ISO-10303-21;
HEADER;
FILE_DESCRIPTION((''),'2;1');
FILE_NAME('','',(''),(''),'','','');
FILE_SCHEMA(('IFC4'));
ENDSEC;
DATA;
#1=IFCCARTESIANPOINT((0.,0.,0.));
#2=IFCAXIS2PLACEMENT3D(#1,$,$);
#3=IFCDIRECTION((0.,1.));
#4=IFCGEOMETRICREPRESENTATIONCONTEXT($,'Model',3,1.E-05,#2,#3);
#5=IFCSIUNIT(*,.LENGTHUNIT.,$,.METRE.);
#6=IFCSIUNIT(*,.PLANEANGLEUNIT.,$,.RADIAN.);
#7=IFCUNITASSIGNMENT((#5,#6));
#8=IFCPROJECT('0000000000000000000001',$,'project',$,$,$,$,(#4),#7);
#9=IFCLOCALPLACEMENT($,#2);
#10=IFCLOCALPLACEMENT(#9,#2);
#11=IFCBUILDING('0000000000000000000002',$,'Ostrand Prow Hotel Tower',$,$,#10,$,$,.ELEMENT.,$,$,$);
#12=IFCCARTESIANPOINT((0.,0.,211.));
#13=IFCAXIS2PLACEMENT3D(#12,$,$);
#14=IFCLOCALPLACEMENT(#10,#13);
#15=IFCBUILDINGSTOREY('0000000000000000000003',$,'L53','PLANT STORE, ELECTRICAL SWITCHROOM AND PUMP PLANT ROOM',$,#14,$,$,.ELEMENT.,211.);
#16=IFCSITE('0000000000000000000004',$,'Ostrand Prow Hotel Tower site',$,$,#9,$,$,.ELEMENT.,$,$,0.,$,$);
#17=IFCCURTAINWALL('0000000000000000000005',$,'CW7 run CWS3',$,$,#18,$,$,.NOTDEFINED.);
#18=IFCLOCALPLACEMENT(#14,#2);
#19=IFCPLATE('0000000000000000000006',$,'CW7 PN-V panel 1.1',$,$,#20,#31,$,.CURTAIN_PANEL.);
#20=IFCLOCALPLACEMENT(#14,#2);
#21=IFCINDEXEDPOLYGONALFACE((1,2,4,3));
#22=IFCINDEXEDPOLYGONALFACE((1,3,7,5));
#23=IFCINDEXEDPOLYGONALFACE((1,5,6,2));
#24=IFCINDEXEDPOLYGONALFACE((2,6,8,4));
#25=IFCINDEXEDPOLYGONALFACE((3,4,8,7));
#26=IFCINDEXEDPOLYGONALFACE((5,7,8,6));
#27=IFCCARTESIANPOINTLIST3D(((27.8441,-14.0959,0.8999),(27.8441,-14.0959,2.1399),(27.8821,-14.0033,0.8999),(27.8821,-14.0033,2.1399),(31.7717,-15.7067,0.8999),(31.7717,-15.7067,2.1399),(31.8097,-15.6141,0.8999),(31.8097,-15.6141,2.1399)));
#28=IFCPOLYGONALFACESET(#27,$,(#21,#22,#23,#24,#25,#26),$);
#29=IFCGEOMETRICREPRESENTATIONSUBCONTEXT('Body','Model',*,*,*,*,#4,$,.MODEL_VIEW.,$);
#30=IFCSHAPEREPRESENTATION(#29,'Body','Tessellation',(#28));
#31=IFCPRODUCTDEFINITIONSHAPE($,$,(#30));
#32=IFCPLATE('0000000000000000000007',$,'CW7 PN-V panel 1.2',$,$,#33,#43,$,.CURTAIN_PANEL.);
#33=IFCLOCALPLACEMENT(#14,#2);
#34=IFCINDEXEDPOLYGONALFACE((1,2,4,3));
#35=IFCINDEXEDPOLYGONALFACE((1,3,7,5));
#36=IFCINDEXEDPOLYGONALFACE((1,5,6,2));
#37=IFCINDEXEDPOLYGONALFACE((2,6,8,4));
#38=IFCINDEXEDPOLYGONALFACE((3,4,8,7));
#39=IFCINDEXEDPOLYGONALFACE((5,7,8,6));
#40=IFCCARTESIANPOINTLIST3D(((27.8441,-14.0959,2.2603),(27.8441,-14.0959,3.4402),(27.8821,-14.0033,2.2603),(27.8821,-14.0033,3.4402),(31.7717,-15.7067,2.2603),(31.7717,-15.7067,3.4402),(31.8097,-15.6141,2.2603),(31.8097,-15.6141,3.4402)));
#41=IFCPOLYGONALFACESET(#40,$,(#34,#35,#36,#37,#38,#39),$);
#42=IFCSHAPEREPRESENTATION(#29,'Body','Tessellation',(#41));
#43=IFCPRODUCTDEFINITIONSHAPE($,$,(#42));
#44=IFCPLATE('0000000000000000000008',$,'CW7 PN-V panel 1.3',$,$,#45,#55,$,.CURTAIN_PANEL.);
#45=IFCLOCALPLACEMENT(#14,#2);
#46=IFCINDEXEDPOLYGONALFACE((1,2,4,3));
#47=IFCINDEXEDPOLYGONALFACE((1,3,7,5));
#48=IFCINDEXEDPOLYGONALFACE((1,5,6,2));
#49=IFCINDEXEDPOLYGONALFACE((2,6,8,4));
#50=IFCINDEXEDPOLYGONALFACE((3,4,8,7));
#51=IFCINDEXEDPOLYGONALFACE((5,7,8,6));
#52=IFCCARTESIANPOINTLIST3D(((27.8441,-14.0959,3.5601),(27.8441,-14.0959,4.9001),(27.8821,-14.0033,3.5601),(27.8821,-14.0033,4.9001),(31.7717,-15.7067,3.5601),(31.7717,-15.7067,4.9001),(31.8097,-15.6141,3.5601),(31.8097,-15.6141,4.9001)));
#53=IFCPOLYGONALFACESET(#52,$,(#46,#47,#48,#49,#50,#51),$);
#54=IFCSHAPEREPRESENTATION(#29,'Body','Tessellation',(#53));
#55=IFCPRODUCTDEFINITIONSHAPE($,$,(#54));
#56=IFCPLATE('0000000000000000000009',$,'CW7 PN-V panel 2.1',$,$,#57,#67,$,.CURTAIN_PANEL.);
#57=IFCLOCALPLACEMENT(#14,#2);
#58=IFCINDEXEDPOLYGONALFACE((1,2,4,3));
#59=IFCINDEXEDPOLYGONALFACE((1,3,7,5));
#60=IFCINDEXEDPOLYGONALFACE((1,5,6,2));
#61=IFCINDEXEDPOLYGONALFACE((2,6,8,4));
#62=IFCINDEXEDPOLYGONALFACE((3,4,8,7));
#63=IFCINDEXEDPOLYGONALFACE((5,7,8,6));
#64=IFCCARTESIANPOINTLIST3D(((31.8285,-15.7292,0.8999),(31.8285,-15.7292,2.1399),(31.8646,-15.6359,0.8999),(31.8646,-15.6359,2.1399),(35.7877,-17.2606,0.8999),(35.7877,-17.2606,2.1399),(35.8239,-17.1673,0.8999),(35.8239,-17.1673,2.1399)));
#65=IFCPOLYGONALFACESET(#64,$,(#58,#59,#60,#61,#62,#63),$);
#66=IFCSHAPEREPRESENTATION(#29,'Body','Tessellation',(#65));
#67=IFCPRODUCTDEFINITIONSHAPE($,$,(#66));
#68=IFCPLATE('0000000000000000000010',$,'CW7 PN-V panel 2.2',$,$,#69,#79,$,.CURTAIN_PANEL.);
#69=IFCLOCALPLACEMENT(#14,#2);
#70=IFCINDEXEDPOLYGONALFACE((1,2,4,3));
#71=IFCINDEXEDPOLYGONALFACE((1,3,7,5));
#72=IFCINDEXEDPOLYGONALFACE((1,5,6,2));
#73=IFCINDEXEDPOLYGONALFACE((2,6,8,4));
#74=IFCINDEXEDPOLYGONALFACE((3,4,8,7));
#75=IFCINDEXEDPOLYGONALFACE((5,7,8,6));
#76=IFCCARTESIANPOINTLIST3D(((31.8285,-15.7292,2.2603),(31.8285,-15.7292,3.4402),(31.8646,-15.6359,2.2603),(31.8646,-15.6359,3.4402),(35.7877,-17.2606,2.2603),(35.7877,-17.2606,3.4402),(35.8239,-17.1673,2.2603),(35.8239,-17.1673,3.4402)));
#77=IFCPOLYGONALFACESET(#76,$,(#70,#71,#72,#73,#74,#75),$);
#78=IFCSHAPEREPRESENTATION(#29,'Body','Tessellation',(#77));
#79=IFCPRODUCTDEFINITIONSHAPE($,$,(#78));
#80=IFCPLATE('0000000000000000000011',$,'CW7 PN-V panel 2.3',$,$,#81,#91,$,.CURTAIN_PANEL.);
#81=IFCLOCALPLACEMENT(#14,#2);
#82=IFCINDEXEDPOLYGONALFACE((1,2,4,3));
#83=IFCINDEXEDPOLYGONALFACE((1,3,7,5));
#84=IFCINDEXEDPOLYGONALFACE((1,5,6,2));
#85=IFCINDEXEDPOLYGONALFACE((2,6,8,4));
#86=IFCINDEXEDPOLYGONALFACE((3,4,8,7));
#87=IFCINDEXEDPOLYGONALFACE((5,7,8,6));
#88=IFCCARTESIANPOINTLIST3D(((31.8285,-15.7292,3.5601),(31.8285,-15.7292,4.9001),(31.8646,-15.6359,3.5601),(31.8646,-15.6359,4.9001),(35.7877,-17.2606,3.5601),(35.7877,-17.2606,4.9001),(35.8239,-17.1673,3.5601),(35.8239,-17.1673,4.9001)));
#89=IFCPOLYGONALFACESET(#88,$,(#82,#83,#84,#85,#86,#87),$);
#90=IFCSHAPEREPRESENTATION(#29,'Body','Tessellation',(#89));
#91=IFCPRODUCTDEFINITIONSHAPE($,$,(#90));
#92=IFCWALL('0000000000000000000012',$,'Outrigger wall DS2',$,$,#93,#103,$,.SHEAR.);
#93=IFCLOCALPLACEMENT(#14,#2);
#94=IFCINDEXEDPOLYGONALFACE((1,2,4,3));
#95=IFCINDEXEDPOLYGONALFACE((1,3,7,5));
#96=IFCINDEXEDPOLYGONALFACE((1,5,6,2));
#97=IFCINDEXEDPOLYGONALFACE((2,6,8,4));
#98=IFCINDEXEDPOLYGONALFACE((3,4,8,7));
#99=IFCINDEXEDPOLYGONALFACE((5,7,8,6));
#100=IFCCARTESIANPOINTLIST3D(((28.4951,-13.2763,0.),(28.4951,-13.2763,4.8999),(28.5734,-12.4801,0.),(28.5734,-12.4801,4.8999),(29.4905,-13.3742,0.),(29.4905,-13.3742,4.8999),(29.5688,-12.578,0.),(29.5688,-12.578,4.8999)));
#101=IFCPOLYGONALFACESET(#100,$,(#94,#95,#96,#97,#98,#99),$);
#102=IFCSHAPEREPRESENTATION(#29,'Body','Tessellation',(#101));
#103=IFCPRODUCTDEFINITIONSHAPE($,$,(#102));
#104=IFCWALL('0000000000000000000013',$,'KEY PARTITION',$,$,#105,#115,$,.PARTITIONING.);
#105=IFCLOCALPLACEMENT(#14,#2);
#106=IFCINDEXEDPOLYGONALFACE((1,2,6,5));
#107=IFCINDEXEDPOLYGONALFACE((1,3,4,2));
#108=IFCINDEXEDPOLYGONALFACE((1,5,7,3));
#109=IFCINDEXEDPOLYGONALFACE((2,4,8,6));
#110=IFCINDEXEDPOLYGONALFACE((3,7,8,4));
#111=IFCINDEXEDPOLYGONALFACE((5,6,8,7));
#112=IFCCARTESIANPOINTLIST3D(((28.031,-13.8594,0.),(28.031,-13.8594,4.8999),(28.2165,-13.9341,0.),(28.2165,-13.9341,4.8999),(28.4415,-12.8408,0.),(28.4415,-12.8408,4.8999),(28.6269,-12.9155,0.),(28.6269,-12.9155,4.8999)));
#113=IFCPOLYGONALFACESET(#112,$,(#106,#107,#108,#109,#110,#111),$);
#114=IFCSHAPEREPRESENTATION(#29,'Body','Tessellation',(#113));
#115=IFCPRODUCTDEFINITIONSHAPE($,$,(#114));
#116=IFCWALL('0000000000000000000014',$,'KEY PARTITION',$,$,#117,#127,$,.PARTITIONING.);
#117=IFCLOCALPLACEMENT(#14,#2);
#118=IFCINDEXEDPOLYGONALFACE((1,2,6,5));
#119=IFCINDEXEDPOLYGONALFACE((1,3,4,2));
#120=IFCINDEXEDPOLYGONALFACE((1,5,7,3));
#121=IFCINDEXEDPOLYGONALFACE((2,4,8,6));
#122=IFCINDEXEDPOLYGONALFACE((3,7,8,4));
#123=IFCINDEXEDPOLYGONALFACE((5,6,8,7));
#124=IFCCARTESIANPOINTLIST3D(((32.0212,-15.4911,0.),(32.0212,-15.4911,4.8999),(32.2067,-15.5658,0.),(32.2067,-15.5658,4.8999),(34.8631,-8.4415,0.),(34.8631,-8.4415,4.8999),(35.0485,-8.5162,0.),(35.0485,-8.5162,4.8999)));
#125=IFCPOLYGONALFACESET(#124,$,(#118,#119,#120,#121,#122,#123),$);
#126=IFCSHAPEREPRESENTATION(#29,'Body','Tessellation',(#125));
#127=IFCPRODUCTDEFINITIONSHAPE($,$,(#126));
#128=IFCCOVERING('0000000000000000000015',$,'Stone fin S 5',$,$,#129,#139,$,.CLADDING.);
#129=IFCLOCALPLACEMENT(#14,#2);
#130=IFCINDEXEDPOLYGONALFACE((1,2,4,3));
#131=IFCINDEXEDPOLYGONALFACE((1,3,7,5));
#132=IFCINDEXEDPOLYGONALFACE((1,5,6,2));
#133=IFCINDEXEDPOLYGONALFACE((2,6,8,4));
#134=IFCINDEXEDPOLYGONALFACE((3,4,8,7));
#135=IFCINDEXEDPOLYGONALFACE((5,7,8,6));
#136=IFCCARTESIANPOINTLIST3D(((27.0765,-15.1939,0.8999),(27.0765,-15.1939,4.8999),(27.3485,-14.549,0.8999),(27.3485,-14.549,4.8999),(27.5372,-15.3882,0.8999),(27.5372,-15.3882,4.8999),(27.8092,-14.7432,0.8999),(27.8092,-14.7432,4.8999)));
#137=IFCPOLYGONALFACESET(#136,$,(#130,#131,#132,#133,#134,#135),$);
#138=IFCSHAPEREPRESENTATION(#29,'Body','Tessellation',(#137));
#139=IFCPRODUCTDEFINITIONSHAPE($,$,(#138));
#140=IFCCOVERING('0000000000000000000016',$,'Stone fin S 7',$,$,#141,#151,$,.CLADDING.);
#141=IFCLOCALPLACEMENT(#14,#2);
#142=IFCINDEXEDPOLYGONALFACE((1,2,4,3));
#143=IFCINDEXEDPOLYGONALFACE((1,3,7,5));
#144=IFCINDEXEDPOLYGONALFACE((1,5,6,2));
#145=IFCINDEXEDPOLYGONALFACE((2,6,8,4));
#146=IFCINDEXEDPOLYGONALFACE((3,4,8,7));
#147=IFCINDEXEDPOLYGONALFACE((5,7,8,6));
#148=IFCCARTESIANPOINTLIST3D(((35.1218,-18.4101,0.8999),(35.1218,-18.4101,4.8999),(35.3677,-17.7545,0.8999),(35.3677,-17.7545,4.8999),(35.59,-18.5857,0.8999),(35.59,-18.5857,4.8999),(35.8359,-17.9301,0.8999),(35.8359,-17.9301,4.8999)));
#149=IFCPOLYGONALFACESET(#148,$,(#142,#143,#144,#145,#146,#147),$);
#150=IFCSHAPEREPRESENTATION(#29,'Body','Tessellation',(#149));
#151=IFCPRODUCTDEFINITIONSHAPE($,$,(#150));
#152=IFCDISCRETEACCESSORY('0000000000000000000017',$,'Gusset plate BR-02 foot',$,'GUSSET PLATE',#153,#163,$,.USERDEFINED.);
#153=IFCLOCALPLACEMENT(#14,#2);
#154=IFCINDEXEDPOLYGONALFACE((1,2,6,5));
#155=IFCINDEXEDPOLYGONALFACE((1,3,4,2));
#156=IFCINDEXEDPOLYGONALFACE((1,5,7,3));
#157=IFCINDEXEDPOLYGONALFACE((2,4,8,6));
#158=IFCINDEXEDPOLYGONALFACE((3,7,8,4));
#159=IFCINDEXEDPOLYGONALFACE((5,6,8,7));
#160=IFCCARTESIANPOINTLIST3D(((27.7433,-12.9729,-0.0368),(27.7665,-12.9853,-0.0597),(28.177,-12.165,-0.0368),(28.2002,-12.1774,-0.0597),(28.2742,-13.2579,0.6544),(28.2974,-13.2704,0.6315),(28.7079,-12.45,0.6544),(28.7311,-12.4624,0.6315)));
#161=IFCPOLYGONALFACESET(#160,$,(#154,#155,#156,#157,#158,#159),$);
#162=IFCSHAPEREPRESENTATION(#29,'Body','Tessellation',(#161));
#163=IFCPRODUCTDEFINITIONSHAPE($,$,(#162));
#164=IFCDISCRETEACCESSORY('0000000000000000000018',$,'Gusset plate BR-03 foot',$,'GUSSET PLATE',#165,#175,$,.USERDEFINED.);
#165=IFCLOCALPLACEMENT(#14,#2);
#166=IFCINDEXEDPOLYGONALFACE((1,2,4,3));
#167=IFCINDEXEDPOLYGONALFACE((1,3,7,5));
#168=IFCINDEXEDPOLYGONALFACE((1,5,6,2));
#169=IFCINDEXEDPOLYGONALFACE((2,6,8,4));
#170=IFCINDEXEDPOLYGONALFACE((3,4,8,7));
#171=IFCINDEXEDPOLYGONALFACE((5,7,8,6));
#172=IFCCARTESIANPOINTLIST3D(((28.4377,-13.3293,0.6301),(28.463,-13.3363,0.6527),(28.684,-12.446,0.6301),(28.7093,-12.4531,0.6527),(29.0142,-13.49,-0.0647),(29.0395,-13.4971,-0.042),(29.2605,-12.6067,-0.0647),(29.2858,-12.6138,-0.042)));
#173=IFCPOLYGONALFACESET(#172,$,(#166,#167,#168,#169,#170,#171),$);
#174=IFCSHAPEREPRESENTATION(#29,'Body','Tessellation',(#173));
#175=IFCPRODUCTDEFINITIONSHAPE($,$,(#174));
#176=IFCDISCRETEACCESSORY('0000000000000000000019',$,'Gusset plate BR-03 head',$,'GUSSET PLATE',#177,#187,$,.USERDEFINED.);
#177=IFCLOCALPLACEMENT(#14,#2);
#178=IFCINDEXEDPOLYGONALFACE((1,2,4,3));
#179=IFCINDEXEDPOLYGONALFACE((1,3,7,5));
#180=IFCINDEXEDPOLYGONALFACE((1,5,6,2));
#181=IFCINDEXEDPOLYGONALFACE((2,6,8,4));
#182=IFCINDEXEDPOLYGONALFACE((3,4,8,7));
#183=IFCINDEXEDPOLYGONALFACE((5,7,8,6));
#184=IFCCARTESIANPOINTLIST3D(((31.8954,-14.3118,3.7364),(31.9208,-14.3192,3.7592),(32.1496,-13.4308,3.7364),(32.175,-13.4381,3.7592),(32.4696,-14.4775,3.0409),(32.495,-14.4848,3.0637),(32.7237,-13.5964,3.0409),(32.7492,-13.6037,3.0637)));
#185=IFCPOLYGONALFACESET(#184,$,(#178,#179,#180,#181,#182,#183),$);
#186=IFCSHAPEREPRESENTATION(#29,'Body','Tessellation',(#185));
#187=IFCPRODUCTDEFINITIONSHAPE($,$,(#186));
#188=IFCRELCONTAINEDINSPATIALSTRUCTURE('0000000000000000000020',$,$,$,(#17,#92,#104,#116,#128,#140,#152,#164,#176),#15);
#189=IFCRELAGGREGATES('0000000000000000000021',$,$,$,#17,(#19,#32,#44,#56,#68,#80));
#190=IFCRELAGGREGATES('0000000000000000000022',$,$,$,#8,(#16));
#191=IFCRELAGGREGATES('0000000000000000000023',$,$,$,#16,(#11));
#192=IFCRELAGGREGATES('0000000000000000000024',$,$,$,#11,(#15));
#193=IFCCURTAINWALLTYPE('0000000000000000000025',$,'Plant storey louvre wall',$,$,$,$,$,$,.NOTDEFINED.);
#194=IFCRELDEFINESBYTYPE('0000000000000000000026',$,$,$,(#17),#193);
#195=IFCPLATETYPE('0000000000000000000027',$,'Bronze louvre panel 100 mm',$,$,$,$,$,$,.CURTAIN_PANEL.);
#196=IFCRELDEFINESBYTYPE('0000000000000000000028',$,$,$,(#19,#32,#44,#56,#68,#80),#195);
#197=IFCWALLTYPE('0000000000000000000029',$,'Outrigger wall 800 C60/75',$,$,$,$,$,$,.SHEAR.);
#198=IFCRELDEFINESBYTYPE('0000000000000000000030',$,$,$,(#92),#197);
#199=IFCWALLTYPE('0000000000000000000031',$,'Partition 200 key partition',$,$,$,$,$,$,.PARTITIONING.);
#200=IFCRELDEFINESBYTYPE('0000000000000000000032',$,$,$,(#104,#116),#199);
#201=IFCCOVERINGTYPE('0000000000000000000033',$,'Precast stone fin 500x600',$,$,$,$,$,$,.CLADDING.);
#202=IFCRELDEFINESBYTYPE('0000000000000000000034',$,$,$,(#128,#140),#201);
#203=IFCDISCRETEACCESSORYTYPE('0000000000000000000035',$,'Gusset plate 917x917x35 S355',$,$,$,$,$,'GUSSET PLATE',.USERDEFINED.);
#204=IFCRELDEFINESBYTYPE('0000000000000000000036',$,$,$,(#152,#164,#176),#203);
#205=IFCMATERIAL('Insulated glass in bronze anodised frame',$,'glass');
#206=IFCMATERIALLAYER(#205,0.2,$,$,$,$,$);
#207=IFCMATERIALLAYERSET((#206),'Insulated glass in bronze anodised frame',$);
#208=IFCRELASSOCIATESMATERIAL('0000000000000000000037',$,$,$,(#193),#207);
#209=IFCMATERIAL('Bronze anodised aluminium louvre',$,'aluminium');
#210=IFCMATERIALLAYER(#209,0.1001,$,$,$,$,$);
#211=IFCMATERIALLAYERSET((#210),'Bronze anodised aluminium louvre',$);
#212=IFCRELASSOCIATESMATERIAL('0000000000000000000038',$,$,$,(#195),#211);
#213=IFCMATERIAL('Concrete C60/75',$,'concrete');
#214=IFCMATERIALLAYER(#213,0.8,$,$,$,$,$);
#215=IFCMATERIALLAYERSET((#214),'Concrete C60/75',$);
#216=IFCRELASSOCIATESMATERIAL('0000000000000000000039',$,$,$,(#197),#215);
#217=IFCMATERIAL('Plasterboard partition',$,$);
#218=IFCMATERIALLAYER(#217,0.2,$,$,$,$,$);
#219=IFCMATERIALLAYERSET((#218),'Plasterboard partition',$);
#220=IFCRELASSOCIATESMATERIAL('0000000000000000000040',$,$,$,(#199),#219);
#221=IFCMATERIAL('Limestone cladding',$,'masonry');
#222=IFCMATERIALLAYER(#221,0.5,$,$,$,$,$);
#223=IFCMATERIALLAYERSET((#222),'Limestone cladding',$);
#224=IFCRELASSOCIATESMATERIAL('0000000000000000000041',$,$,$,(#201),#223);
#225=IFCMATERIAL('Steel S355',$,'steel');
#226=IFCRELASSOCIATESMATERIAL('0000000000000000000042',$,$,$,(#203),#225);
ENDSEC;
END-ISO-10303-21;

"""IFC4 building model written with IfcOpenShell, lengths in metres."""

from ifc_helpers import new_model, si_unit, direction, frame, frame_2d, origin, origin_2d, place, context, subcontext, project, spatial, rectangle, extrude, material, layer, layer_set, material_profile, profile_set, type_object, element, aggregate, save


model = new_model("IFC4")

# Units and contexts
model_context = context("Model", 3, precision=1e-05, world=origin(), true_north=direction((0.0, 1.0)))
body_context = subcontext(model_context, "Body", "Model", "MODEL_VIEW")
ifc_project = project(units=[si_unit("LENGTHUNIT", "METRE"), si_unit("PLANEANGLEUNIT", "RADIAN")], contexts=[model_context])

# Site, building, storey
site_placement = place(None, origin())
site = spatial("IfcSite", under=ifc_project, at=site_placement, Name="Ostrand Prow Hotel Tower site", CompositionType="ELEMENT", RefElevation=0.0)
building_placement = place(site_placement, origin())
building = spatial("IfcBuilding", under=site, at=building_placement, Name="Ostrand Prow Hotel Tower", CompositionType="ELEMENT")
storey_placement = place(building_placement, frame((0.0, 0.0, 211.0)))
storey = spatial("IfcBuildingStorey", under=building, at=storey_placement, Name="L53", Description="PLANT STORE, ELECTRICAL SWITCHROOM AND PUMP PLANT ROOM", CompositionType="ELEMENT", Elevation=211.0)

# Shared definitions
ifc_material_1 = material(Name="Insulated glass in bronze anodised frame", Category="glass")
ifc_layer_1 = layer(ifc_material_1, 0.2)
ifc_layer_set_1 = layer_set([ifc_layer_1], Name="Insulated glass in bronze anodised frame")
curtain_wall_type = type_object("IfcCurtainWallType", Name="Plant storey louvre wall", PredefinedType="NOTDEFINED", material=ifc_layer_set_1)

# Curtain wall
curtain_wall_1_placement = place(storey_placement, origin())
curtain_wall_1 = element("IfcCurtainWall", 1, at=curtain_wall_1_placement, inside=storey, type_object=curtain_wall_type, Name="CW7 run CWS3", PredefinedType="NOTDEFINED")

# Plates
ifc_material_2 = material(Name="Bronze anodised aluminium louvre", Category="aluminium")
ifc_layer_2 = layer(ifc_material_2, 0.1001)
ifc_layer_set_2 = layer_set([ifc_layer_2], Name="Bronze anodised aluminium louvre")
plate_type = type_object("IfcPlateType", Name="Bronze louvre panel 100 mm", PredefinedType="CURTAIN_PANEL", material=ifc_layer_set_2)
plate_1_placement = place(storey_placement, frame((29.8269, -14.855, 0.8999), z_axis=(0.0, 0.0, 1.0), x_axis=(0.925211, -0.379453, 0.0)))
plate_1 = element("IfcPlate", 2, at=plate_1_placement, type_object=plate_type, Name="CW7 PN-V panel 1.1", PredefinedType="CURTAIN_PANEL", context=body_context, shape_type="SweptSolid", body=[
    extrude(rectangle(XDim=4.2451, YDim=0.1001, at=origin_2d()), origin(), (0.0, 0.0, 1.0), 1.24),
])
plate_2_placement = place(storey_placement, frame((29.8269, -14.855, 2.2603), z_axis=(0.0, 0.0, 1.0), x_axis=(0.925211, -0.379453, 0.0)))
plate_2 = element("IfcPlate", 3, at=plate_2_placement, type_object=plate_type, Name="CW7 PN-V panel 1.2", PredefinedType="CURTAIN_PANEL", context=body_context, shape_type="SweptSolid", body=[
    extrude(rectangle(XDim=4.2451, YDim=0.1001, at=origin_2d()), origin(), (0.0, 0.0, 1.0), 1.1799),
])
plate_3_placement = place(storey_placement, frame((29.8269, -14.855, 3.5601), z_axis=(0.0, 0.0, 1.0), x_axis=(0.925211, -0.379453, 0.0)))
plate_3 = element("IfcPlate", 4, at=plate_3_placement, type_object=plate_type, Name="CW7 PN-V panel 1.3", PredefinedType="CURTAIN_PANEL", context=body_context, shape_type="SweptSolid", body=[
    extrude(rectangle(XDim=4.2451, YDim=0.1001, at=origin_2d()), origin(), (0.0, 0.0, 1.0), 1.3401),
])
plate_4_placement = place(storey_placement, frame((33.8262, -16.4482, 0.8999), z_axis=(0.0, 0.0, 1.0), x_axis=(0.932663, -0.360749, 0.0)))
plate_4 = element("IfcPlate", 5, at=plate_4_placement, type_object=plate_type, Name="CW7 PN-V panel 2.1", PredefinedType="CURTAIN_PANEL", context=body_context, shape_type="SweptSolid", body=[
    extrude(rectangle(XDim=4.2451, YDim=0.1001, at=origin_2d()), origin(), (0.0, 0.0, 1.0), 1.24),
])
plate_5_placement = place(storey_placement, frame((33.8262, -16.4482, 2.2603), z_axis=(0.0, 0.0, 1.0), x_axis=(0.932663, -0.360749, 0.0)))
plate_5 = element("IfcPlate", 6, at=plate_5_placement, type_object=plate_type, Name="CW7 PN-V panel 2.2", PredefinedType="CURTAIN_PANEL", context=body_context, shape_type="SweptSolid", body=[
    extrude(rectangle(XDim=4.2451, YDim=0.1001, at=origin_2d()), origin(), (0.0, 0.0, 1.0), 1.1799),
])
plate_6_placement = place(storey_placement, frame((33.8262, -16.4482, 3.5601), z_axis=(0.0, 0.0, 1.0), x_axis=(0.932663, -0.360749, 0.0)))
plate_6 = element("IfcPlate", 7, at=plate_6_placement, type_object=plate_type, Name="CW7 PN-V panel 2.3", PredefinedType="CURTAIN_PANEL", context=body_context, shape_type="SweptSolid", body=[
    extrude(rectangle(XDim=4.2451, YDim=0.1001, at=origin_2d()), origin(), (0.0, 0.0, 1.0), 1.3401),
])
aggregate(curtain_wall_1, [plate_1, plate_2, plate_3, plate_4, plate_5, plate_6])

# Walls
ifc_material_3 = material(Name="Concrete C60/75", Category="concrete")
ifc_layer_3 = layer(ifc_material_3, 0.8)
ifc_layer_set_3 = layer_set([ifc_layer_3], Name="Concrete C60/75")
wall_type_1 = type_object("IfcWallType", Name="Outrigger wall 800 C60/75", PredefinedType="SHEAR", material=ifc_layer_set_3)
wall_1_placement = place(storey_placement, frame((29.5295, -12.9761, 0.0), z_axis=(0.0, 0.0, 1.0), x_axis=(-0.995198, 0.097884, 0.0)))
element("IfcWall", 8, at=wall_1_placement, inside=storey, type_object=wall_type_1, Name="Outrigger wall DS2", PredefinedType="SHEAR", context=body_context, shape_type="SweptSolid", body=[
    extrude(rectangle(XDim=1.0002, YDim=0.8, at=frame_2d((0.5, 0.0))), origin(), (0.0, 0.0, 1.0), 4.8999),
])
ifc_material_4 = material(Name="Plasterboard partition")
ifc_layer_4 = layer(ifc_material_4, 0.2)
ifc_layer_set_4 = layer_set([ifc_layer_4], Name="Plasterboard partition")
wall_type_2 = type_object("IfcWallType", Name="Partition 200 key partition", PredefinedType="PARTITIONING", material=ifc_layer_set_4)
wall_2_placement = place(storey_placement, frame((28.1238, -13.8967, 0.0), z_axis=(0.0, 0.0, 1.0), x_axis=(0.373728, 0.927538, 0.0)))
element("IfcWall", 9, at=wall_2_placement, inside=storey, type_object=wall_type_2, Name="KEY PARTITION", PredefinedType="PARTITIONING", context=body_context, shape_type="SweptSolid", body=[
    extrude(rectangle(XDim=1.0981, YDim=0.2, at=frame_2d((0.5491, 0.0))), origin(), (0.0, 0.0, 1.0), 4.8999),
])
wall_3_placement = place(storey_placement, frame((32.114, -15.5283, 0.0), z_axis=(0.0, 0.0, 1.0), x_axis=(0.373881, 0.927477, 0.0)))
element("IfcWall", 10, at=wall_3_placement, inside=storey, type_object=wall_type_2, Name="KEY PARTITION", PredefinedType="PARTITIONING", context=body_context, shape_type="SweptSolid", body=[
    extrude(rectangle(XDim=7.6008, YDim=0.2, at=frame_2d((3.8003, 0.0))), origin(), (0.0, 0.0, 1.0), 4.8999),
])

# Coverings
ifc_material_5 = material(Name="Limestone cladding", Category="masonry")
ifc_layer_5 = layer(ifc_material_5, 0.5)
ifc_layer_set_5 = layer_set([ifc_layer_5], Name="Limestone cladding")
covering_type = type_object("IfcCoveringType", Name="Precast stone fin 500x600", PredefinedType="CLADDING", material=ifc_layer_set_5)
covering_1_placement = place(storey_placement, frame((27.5789, -14.646, 0.8999), z_axis=(0.0, 0.0, 1.0), x_axis=(-0.388525, -0.921438, 0.0)))
element("IfcCovering", 11, at=covering_1_placement, inside=storey, type_object=covering_type, Name="Stone fin S 5", PredefinedType="CLADDING", context=body_context, shape_type="SweptSolid", body=[
    extrude(rectangle(XDim=0.7, YDim=0.5, at=frame_2d((0.3501, 0.0))), origin(), (0.0, 0.0, 1.0), 4.0),
])
covering_2_placement = place(storey_placement, frame((35.6018, -17.8423, 0.8999), z_axis=(0.0, 0.0, 1.0), x_axis=(-0.351162, -0.936315, 0.0)))
element("IfcCovering", 12, at=covering_2_placement, inside=storey, type_object=covering_type, Name="Stone fin S 7", PredefinedType="CLADDING", context=body_context, shape_type="SweptSolid", body=[
    extrude(rectangle(XDim=0.7002, YDim=0.5, at=frame_2d((0.3501, 0.0))), origin(), (0.0, 0.0, 1.0), 4.0),
])

# Discrete accessories
ifc_material_6 = material(Name="Steel S355", Category="steel")
ifc_material_profile_1 = material_profile(ifc_material_6, rectangle(XDim=0.917, YDim=0.917, at=origin_2d()), Name="PL 917x917x35")
ifc_profile_set_1 = profile_set([ifc_material_profile_1], Name="Steel S355")
discrete_accessory_type = type_object("IfcDiscreteAccessoryType", Name="Gusset plate 917x917x35 S355", ElementType="GUSSET PLATE", PredefinedType="USERDEFINED", material=ifc_profile_set_1)
discrete_accessory_1_placement = place(storey_placement, frame((28.2488, -12.7239, 0.2859), z_axis=(-0.664125, 0.35653, 0.657134), x_axis=(-0.472993, -0.881066, 0.0)))
element("IfcDiscreteAccessory", 13, at=discrete_accessory_1_placement, inside=storey, type_object=discrete_accessory_type, Name="Gusset plate BR-02 foot", ObjectType="GUSSET PLATE", PredefinedType="USERDEFINED", context=body_context, shape_type="SweptSolid", body=[
    extrude(rectangle(XDim=0.917, YDim=0.917, at=origin_2d()), origin(), (0.0, 0.0, 1.0), 0.0349),
])
discrete_accessory_2_placement = place(storey_placement, frame((28.8491, -12.968, 0.2827), z_axis=(0.729829, -0.20351, 0.652636), x_axis=(0.268599, 0.963252, 0.0)))
element("IfcDiscreteAccessory", 14, at=discrete_accessory_2_placement, inside=storey, type_object=discrete_accessory_type, Name="Gusset plate BR-03 foot", ObjectType="GUSSET PLATE", PredefinedType="USERDEFINED", context=body_context, shape_type="SweptSolid", body=[
    extrude(rectangle(XDim=0.917, YDim=0.917, at=origin_2d()), origin(), (0.0, 0.0, 1.0), 0.0347),
])
discrete_accessory_3_placement = place(storey_placement, frame((32.3096, -13.9541, 3.3887), z_axis=(0.728771, -0.210222, 0.65169), x_axis=(0.277161, 0.960824, 0.0)))
element("IfcDiscreteAccessory", 15, at=discrete_accessory_3_placement, inside=storey, type_object=discrete_accessory_type, Name="Gusset plate BR-03 head", ObjectType="GUSSET PLATE", PredefinedType="USERDEFINED", context=body_context, shape_type="SweptSolid", body=[
    extrude(rectangle(XDim=0.917, YDim=0.917, at=origin_2d()), origin(), (0.0, 0.0, 1.0), 0.0349),
])

save(model, "model.ifc")
